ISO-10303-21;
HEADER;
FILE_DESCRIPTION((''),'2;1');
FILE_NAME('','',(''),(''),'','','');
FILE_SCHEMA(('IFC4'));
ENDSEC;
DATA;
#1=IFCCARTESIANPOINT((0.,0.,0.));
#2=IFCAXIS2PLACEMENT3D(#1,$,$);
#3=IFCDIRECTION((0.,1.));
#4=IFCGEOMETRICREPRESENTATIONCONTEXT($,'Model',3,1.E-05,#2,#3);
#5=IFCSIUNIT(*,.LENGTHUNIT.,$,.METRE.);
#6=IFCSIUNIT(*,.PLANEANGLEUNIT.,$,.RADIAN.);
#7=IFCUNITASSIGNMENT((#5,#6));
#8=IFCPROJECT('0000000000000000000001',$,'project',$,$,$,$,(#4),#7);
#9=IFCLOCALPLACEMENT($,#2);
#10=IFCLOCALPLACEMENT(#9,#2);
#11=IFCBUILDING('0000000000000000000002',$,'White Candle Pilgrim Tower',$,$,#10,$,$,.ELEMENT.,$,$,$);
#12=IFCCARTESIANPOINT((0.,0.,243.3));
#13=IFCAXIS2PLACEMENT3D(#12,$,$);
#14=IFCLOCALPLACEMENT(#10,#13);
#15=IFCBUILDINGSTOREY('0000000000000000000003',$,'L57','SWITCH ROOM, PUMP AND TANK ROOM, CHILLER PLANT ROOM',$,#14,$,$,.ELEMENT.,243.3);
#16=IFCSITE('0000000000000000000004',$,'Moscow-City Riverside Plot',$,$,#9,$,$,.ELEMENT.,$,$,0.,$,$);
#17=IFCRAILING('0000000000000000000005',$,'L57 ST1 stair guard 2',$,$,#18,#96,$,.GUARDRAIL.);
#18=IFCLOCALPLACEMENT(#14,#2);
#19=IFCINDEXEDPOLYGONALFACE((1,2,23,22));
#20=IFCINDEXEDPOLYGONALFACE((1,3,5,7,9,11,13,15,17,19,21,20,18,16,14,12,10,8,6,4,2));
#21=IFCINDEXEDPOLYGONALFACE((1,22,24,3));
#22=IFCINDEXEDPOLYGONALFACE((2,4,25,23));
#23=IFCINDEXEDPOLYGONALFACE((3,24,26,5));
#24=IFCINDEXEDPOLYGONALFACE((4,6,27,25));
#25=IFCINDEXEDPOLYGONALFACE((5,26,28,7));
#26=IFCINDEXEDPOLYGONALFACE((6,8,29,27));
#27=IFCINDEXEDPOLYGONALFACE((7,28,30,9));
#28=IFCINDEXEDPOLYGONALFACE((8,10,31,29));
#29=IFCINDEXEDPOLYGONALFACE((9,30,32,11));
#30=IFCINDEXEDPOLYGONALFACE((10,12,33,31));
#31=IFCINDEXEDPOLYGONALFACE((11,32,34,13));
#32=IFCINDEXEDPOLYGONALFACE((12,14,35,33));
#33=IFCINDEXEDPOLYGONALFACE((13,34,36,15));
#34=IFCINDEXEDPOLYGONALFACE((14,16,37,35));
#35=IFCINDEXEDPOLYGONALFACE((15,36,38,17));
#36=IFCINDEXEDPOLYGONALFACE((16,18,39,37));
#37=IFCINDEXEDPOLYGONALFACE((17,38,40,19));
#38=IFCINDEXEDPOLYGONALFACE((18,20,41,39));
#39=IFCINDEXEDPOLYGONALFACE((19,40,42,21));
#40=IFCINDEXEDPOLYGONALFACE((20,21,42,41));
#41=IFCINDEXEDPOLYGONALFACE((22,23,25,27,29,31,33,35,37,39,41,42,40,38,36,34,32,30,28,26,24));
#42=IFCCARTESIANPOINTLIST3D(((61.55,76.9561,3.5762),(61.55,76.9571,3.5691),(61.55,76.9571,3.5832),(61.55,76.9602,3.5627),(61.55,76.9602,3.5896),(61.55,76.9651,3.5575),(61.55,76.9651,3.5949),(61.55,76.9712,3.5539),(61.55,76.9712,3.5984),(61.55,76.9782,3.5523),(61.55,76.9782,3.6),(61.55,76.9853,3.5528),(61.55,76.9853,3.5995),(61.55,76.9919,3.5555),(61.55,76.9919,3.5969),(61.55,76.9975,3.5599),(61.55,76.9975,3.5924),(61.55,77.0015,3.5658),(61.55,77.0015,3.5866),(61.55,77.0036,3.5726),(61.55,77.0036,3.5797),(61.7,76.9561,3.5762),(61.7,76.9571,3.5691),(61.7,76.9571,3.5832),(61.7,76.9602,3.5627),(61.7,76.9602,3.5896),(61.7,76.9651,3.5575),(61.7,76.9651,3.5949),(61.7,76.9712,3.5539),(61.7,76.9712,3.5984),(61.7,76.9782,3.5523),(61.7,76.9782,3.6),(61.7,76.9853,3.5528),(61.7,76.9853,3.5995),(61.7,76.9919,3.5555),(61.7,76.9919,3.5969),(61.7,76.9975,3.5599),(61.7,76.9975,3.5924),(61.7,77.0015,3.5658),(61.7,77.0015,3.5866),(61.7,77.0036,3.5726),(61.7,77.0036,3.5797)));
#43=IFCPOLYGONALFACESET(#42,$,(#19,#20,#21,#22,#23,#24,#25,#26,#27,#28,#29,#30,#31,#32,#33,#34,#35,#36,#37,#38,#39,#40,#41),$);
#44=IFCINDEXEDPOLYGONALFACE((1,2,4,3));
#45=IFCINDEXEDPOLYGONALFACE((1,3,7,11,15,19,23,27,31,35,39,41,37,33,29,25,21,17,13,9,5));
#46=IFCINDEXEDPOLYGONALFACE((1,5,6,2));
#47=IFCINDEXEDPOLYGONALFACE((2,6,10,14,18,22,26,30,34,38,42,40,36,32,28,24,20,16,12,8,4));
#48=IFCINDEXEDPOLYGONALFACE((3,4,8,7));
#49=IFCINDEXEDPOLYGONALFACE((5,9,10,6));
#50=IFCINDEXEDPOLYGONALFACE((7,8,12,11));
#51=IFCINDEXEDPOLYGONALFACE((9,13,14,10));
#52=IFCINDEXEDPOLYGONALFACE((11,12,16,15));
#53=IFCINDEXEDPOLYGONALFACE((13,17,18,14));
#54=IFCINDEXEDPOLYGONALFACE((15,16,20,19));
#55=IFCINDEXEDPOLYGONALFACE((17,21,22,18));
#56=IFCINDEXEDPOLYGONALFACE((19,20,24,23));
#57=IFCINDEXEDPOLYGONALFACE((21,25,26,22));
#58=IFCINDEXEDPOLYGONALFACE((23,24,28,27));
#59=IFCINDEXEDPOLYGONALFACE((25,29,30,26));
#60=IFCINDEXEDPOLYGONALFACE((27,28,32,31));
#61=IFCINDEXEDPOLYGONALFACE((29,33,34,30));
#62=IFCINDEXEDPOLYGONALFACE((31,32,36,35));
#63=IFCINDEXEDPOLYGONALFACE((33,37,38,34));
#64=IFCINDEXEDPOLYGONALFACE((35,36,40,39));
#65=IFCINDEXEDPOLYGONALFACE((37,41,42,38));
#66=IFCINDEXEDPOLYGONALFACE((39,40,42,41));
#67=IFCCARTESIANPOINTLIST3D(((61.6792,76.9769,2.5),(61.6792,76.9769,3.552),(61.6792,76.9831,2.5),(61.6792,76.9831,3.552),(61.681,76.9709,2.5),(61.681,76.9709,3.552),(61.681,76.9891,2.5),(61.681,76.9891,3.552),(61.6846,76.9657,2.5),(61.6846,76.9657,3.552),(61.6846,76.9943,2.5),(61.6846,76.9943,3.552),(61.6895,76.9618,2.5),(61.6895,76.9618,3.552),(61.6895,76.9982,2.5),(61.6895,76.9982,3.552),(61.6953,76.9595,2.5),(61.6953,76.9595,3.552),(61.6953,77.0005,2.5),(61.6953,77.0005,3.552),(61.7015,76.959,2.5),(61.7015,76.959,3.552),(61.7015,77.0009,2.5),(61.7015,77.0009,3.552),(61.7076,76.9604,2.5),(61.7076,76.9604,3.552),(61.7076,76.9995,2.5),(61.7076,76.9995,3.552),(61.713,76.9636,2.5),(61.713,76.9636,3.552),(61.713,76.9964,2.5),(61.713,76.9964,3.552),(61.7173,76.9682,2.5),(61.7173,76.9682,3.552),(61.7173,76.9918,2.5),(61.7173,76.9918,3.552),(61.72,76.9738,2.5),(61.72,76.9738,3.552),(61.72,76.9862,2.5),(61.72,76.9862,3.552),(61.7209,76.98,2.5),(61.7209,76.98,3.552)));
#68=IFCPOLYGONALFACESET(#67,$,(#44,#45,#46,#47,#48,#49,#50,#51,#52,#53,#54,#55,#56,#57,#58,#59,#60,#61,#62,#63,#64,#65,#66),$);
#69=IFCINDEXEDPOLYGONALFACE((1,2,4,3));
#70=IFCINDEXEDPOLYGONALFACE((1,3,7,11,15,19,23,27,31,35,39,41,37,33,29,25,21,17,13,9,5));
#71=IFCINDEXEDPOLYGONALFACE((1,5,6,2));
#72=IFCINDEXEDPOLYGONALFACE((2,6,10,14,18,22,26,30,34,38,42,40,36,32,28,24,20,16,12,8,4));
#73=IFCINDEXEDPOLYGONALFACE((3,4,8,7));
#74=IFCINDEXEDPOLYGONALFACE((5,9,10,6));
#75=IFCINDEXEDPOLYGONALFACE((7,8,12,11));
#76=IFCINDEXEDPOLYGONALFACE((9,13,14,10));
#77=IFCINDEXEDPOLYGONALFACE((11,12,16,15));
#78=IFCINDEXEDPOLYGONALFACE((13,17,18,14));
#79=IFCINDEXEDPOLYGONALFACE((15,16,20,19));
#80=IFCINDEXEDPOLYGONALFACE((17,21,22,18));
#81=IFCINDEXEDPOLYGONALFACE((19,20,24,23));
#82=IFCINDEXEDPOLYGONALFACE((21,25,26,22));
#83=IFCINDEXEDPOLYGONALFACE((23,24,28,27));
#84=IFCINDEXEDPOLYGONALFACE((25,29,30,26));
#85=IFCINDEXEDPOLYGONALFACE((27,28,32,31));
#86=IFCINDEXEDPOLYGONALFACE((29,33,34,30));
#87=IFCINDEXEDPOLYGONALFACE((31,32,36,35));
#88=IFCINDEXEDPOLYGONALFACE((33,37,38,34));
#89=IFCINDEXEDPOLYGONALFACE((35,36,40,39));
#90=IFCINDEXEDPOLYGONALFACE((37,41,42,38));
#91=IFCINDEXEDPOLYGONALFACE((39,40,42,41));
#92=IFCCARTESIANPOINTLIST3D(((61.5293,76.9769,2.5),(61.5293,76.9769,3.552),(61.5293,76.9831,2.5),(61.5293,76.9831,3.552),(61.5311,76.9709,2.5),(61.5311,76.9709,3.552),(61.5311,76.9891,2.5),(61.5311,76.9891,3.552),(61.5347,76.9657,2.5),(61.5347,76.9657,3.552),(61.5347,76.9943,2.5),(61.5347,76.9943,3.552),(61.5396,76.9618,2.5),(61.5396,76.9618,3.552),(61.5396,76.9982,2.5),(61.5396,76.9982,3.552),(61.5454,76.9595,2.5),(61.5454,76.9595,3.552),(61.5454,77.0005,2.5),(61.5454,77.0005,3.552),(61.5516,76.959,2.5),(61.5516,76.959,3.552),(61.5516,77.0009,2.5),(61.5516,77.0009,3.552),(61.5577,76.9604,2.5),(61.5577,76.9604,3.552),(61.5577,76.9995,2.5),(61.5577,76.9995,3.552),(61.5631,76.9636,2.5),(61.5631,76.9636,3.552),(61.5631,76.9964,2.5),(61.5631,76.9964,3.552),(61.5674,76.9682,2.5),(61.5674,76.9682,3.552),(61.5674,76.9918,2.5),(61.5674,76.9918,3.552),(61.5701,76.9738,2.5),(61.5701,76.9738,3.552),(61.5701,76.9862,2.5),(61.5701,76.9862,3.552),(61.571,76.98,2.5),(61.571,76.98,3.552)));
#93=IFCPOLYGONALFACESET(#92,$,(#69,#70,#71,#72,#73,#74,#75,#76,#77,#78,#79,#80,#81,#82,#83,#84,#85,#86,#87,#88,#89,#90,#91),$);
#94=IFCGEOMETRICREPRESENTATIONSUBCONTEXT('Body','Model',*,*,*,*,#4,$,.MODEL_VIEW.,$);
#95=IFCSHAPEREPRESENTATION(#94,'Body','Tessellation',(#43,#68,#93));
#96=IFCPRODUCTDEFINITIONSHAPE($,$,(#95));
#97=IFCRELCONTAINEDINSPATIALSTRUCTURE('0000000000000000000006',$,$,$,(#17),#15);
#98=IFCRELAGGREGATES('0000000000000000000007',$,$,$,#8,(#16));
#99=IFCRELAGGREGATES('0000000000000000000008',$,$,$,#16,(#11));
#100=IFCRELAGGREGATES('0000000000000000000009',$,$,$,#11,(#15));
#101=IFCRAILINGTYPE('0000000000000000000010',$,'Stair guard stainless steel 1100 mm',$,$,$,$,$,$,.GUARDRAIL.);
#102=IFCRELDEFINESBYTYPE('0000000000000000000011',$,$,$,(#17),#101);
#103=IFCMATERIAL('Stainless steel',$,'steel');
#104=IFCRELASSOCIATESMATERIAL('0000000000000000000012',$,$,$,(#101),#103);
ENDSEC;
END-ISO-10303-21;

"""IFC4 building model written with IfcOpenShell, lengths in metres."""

from ifc_helpers import new_model, si_unit, direction, frame, origin, origin_2d, place, context, subcontext, project, spatial, circle, extrude, material, type_object, element, save


model = new_model("IFC4")

# Units and contexts
model_context = context("Model", 3, precision=1e-05, world=origin(), true_north=direction((0.0, 1.0)))
body_context = subcontext(model_context, "Body", "Model", "MODEL_VIEW")
ifc_project = project(units=[si_unit("LENGTHUNIT", "METRE"), si_unit("PLANEANGLEUNIT", "RADIAN")], contexts=[model_context])

# Site, building, storey
site_placement = place(None, origin())
site = spatial("IfcSite", under=ifc_project, at=site_placement, Name="Moscow-City Riverside Plot", CompositionType="ELEMENT", RefElevation=0.0)
building_placement = place(site_placement, origin())
building = spatial("IfcBuilding", under=site, at=building_placement, Name="White Candle Pilgrim Tower", CompositionType="ELEMENT")
storey_placement = place(building_placement, frame((0.0, 0.0, 243.3)))
storey = spatial("IfcBuildingStorey", under=building, at=storey_placement, Name="L57", Description="SWITCH ROOM, PUMP AND TANK ROOM, CHILLER PLANT ROOM", CompositionType="ELEMENT", Elevation=243.3)

# Shared definitions
ifc_material_1 = material(Name="Stainless steel", Category="steel")

# Railing
railing_type_1 = type_object("IfcRailingType", Name="Stair guard stainless steel 1100 mm", PredefinedType="GUARDRAIL", material=ifc_material_1)
railing_1_placement = place(storey_placement, frame((61.7, 76.98, 2.5)))
element("IfcRailing", 1, at=railing_1_placement, inside=storey, type_object=railing_type_1, Name="L57 ST1 stair guard 2", PredefinedType="GUARDRAIL", context=body_context, shape_type="SweptSolid", body=[
    extrude(circle(Radius=0.0239, at=origin_2d()), frame((0.0, 0.0, 1.0762), z_axis=(-1.0, 0.0, 0.0), x_axis=(0.0, -1.0, 0.0)), (0.0, 0.0, 1.0), 0.1499),
    extrude(circle(Radius=0.021, at=origin_2d()), origin(), (0.0, 0.0, 1.0), 1.052),
    extrude(circle(Radius=0.021, at=origin_2d()), frame((-0.1499, 0.0, 0.0)), (0.0, 0.0, 1.0), 1.052),
])

save(model, "model.ifc")
